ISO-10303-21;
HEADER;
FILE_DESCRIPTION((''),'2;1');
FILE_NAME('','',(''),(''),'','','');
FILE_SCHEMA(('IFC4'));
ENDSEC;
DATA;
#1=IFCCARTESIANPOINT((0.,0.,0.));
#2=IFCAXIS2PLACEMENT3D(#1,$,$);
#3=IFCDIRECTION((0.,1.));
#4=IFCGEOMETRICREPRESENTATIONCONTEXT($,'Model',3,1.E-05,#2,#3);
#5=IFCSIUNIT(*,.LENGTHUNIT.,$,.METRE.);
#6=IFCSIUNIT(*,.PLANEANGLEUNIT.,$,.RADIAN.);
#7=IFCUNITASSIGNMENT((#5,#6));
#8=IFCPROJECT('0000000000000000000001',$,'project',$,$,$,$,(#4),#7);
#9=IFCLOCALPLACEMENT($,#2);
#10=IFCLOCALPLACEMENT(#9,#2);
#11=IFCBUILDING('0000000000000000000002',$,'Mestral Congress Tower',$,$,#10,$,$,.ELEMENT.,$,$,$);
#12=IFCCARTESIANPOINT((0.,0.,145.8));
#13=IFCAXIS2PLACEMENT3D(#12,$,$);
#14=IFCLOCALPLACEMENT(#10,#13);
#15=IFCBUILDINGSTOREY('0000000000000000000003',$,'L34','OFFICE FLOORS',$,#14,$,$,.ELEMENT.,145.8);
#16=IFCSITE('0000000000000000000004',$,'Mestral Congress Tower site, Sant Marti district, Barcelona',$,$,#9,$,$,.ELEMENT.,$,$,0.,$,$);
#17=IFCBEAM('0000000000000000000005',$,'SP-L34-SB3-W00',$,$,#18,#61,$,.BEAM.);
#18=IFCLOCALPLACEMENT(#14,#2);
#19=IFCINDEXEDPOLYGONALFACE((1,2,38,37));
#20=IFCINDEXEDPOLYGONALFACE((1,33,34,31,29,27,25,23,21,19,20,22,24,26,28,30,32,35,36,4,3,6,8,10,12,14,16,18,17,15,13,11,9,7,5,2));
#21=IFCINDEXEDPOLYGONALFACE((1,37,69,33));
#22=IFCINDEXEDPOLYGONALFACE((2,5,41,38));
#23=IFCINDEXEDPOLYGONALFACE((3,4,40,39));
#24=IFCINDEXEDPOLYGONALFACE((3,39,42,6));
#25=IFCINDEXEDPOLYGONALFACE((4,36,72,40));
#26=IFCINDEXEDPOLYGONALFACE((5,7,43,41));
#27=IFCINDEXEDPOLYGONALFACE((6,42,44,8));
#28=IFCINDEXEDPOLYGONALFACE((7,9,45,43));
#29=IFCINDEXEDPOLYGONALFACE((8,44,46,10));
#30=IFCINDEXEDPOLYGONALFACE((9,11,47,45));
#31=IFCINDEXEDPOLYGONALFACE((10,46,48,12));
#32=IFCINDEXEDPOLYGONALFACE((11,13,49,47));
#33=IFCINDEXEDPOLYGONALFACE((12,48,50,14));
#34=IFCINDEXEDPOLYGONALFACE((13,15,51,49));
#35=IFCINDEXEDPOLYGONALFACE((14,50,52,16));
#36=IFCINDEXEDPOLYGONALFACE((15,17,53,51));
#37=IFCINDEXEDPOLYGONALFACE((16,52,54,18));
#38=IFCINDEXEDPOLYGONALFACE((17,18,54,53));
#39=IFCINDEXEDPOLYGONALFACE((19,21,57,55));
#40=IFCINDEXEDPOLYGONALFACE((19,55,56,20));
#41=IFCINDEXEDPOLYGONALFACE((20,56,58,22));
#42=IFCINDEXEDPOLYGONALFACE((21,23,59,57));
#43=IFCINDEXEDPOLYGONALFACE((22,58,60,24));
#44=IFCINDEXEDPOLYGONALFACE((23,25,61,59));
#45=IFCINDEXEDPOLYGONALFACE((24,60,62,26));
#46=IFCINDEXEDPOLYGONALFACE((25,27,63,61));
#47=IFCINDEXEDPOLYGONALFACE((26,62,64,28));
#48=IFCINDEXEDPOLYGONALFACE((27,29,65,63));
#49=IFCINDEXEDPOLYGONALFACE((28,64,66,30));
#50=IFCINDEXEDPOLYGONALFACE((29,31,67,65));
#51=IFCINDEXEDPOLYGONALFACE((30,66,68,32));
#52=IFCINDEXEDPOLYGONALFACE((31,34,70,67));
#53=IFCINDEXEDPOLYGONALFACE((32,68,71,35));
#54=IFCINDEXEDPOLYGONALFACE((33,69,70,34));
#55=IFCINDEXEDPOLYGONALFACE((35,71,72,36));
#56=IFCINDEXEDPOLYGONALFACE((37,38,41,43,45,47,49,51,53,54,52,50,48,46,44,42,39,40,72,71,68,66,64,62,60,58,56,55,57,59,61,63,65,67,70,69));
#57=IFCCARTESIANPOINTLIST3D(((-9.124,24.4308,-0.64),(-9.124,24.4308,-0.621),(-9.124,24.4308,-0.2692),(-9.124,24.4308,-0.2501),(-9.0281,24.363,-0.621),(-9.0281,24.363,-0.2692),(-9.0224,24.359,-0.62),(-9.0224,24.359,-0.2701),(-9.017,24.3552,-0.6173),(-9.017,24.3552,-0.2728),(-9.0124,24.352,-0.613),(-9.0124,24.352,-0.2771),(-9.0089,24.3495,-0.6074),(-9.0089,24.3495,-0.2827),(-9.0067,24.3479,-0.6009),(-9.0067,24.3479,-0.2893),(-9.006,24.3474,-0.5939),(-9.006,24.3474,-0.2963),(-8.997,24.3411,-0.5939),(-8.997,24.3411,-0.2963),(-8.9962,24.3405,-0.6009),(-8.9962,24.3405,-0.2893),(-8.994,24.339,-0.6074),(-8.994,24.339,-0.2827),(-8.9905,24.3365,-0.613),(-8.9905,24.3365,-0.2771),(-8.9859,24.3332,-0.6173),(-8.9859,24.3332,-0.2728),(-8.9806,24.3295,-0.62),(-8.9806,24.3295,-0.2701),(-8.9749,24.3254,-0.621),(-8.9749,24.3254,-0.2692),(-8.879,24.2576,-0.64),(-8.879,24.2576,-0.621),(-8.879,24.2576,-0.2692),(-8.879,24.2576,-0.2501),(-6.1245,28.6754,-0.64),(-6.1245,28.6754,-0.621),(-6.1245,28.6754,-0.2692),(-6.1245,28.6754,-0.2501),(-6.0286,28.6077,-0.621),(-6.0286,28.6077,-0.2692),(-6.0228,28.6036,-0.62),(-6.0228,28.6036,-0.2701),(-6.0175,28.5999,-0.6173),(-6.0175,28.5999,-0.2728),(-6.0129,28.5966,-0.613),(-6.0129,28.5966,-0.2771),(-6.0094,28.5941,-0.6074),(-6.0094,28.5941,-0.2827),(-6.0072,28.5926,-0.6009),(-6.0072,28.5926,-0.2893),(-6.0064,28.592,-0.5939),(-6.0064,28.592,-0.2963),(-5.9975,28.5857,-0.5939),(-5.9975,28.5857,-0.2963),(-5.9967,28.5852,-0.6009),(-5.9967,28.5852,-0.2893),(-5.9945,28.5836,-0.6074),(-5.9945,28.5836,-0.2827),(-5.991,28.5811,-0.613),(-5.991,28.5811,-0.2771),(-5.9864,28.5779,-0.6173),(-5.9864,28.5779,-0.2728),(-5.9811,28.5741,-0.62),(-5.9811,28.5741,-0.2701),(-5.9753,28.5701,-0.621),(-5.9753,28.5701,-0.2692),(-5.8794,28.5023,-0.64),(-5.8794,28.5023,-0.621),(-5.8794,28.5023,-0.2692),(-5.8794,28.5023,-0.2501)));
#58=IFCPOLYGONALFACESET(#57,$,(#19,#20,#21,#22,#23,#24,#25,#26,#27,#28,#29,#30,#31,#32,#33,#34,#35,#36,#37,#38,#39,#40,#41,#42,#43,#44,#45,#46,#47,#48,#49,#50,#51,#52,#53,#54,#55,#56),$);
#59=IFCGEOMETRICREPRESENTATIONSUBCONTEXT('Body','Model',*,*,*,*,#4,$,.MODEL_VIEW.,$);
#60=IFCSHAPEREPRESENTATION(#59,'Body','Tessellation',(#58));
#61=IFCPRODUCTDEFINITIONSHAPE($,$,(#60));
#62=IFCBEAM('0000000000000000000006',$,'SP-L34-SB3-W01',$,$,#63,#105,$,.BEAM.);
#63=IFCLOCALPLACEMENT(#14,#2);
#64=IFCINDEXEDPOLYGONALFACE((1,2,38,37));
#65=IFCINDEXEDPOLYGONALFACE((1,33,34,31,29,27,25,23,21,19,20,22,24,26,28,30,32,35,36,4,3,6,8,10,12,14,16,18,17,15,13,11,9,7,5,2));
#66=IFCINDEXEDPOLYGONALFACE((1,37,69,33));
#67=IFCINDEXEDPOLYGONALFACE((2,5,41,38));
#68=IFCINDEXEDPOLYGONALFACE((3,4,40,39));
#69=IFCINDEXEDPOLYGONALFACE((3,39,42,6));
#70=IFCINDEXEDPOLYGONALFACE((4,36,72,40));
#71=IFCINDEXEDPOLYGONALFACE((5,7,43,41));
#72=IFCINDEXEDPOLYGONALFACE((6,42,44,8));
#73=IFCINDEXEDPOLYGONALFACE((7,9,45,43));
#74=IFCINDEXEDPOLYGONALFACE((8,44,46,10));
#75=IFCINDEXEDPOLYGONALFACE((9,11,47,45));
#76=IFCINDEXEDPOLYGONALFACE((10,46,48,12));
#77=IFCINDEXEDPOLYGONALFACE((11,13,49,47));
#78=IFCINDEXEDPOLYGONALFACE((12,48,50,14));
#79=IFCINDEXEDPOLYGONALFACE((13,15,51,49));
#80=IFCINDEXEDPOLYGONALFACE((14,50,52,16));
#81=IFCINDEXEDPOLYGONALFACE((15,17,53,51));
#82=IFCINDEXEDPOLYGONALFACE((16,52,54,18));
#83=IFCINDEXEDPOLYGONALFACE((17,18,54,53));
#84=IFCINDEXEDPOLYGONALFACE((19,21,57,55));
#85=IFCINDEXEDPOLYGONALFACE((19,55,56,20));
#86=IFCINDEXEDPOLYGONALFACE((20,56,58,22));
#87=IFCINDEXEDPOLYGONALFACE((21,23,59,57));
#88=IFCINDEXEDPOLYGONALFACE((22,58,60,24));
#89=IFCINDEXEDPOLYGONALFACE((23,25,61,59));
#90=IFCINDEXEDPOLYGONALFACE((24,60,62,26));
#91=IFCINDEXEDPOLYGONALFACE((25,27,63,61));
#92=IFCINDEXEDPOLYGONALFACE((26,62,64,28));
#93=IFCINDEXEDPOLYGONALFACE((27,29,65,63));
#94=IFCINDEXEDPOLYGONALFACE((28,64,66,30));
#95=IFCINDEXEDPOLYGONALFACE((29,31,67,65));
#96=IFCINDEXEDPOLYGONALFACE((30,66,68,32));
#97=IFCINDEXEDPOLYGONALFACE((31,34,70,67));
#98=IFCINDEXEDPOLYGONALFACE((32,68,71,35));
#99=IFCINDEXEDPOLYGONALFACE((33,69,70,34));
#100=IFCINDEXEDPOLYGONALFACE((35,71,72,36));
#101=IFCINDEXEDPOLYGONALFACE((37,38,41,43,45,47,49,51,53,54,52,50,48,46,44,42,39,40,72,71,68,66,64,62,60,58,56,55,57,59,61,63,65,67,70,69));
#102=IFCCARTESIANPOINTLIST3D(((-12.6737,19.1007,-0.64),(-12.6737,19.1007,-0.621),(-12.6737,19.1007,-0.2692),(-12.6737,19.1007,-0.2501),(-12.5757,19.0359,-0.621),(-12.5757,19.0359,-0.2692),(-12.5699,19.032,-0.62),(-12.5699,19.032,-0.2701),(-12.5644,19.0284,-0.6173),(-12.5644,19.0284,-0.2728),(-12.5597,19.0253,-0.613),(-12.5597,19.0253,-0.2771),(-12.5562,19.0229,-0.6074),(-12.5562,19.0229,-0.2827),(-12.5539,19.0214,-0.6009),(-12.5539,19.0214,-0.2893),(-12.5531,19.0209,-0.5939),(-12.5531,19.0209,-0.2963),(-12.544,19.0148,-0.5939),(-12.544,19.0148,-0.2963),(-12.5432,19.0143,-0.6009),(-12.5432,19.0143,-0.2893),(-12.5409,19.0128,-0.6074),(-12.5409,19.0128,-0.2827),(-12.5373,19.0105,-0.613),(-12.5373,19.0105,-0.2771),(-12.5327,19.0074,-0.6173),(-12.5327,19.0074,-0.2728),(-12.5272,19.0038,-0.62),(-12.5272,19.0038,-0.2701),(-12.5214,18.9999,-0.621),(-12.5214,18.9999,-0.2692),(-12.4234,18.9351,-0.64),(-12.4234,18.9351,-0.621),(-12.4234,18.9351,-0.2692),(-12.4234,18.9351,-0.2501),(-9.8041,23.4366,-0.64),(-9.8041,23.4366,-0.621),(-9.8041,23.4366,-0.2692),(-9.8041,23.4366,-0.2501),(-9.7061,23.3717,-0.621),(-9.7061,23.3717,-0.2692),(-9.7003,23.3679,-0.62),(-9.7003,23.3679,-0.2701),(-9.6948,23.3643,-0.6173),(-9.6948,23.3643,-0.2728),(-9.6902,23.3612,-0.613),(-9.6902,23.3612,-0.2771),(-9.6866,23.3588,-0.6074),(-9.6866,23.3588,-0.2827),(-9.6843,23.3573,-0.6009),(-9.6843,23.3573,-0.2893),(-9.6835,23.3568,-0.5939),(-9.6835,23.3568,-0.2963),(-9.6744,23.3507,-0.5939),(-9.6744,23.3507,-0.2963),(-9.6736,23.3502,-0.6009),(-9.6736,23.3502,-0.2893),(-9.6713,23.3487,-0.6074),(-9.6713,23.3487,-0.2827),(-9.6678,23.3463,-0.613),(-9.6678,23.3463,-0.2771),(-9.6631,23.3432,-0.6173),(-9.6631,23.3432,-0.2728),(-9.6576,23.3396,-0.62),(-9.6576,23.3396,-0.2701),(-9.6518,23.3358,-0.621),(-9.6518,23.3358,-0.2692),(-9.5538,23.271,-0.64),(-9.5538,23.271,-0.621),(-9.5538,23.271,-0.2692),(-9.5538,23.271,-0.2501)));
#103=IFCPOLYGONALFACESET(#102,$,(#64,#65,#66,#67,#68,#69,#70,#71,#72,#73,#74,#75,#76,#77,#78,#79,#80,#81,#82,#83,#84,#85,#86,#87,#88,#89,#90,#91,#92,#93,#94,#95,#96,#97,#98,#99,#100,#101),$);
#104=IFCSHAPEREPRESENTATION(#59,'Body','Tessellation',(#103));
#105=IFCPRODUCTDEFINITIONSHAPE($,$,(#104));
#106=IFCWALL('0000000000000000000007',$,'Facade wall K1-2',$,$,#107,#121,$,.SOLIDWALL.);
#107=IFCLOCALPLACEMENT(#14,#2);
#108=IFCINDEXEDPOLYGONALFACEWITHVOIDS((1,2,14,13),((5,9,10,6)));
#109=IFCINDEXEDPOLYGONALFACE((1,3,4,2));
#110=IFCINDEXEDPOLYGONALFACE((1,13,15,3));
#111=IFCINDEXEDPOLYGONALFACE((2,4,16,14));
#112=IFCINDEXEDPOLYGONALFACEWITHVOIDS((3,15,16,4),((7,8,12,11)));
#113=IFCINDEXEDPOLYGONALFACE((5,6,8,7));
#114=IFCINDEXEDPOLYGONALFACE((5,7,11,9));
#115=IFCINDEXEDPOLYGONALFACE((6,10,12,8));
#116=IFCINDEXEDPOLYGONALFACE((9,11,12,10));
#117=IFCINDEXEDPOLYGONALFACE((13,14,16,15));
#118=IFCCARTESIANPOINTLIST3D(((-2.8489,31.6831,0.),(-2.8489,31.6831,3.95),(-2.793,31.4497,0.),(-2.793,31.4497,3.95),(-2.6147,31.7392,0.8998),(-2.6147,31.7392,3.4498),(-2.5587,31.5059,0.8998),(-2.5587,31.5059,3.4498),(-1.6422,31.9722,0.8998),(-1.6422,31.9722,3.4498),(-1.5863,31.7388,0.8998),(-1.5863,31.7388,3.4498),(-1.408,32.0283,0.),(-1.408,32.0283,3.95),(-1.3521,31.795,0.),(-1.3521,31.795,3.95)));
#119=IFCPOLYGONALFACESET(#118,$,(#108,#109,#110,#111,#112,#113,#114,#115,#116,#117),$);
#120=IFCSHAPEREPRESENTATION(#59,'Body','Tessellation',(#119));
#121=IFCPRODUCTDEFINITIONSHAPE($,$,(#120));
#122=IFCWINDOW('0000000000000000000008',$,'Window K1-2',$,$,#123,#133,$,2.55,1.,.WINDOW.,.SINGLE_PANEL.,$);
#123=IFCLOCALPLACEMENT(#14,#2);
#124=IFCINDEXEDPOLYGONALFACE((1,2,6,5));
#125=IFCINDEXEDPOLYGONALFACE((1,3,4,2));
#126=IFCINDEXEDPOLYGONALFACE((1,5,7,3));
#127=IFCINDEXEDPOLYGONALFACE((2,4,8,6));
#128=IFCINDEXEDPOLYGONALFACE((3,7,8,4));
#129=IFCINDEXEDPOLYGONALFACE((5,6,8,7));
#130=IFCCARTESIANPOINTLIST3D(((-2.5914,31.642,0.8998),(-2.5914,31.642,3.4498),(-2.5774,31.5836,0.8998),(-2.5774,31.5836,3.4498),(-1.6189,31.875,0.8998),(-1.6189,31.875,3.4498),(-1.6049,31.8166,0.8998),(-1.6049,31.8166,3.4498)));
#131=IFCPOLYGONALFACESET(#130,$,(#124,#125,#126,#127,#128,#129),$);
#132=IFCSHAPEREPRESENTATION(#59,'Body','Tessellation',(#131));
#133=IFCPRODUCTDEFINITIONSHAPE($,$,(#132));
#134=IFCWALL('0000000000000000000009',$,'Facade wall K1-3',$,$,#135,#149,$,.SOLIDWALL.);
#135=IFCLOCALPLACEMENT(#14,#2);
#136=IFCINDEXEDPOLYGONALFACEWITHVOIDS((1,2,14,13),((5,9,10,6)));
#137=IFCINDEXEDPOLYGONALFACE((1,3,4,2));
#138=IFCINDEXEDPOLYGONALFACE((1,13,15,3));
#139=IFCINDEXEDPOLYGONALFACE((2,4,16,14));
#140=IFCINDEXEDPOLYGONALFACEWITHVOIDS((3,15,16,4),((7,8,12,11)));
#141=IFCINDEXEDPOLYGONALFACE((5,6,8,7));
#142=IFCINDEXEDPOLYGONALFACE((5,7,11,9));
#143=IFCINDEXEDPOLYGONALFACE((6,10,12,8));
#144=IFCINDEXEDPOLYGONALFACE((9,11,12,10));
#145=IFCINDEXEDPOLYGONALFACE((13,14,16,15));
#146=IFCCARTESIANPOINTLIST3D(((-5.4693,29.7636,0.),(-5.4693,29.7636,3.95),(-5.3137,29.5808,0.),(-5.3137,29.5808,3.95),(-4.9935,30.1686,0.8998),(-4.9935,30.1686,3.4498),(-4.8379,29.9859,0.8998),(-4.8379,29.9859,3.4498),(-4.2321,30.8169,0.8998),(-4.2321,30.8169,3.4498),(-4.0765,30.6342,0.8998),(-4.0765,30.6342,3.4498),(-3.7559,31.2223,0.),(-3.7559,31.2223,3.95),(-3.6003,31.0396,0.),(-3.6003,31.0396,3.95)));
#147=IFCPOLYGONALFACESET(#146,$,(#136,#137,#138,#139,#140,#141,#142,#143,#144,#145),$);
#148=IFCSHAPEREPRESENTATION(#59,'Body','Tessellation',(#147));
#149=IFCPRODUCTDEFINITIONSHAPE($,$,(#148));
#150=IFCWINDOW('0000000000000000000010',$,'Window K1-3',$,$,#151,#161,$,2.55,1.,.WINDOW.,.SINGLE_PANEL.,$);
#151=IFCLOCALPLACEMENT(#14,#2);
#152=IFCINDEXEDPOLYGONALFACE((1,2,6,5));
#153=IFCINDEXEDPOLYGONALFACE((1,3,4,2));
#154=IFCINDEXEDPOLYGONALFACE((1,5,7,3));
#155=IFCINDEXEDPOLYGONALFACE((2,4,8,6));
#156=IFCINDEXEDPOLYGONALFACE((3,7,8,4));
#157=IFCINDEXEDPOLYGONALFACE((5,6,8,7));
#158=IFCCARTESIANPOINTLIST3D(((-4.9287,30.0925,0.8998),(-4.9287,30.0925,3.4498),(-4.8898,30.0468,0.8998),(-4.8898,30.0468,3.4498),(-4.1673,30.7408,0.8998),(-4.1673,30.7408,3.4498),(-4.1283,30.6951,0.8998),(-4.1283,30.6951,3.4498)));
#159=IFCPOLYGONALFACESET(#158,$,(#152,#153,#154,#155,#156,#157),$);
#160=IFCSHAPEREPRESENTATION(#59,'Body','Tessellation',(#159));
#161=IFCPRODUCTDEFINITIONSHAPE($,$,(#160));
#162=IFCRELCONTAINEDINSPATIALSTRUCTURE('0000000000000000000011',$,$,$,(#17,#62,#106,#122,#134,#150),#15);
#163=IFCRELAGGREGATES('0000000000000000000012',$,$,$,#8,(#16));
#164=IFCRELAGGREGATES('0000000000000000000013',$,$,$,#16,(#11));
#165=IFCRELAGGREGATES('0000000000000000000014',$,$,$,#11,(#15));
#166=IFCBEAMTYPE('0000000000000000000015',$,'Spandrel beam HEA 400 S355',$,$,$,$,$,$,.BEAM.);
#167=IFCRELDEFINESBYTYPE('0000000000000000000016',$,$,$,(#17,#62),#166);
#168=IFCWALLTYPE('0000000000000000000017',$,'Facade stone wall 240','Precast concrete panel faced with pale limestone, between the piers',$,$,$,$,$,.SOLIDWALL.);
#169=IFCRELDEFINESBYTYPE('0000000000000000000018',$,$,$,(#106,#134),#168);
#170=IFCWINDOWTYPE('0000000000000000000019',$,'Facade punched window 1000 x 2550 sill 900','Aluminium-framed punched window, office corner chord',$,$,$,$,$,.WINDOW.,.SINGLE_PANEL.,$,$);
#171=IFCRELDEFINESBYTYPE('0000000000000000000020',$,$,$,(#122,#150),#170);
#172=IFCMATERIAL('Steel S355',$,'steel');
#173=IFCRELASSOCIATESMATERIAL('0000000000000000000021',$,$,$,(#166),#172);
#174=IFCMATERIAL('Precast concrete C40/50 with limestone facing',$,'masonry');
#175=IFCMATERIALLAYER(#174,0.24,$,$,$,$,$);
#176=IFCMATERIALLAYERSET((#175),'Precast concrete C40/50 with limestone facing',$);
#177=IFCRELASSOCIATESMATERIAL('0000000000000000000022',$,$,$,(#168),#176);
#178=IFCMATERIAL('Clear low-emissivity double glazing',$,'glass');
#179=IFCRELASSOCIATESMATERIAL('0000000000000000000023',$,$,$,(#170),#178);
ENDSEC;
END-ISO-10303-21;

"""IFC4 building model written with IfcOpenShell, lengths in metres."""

from ifc_helpers import new_model, si_unit, direction, frame, frame_2d, origin, origin_2d, place, context, subcontext, project, spatial, rectangle, i_section, extrude, material, layer, layer_set, material_profile, profile_set, type_object, element, fill, save


model = new_model("IFC4")

# Units and contexts
model_context = context("Model", 3, precision=1e-05, world=origin(), true_north=direction((0.0, 1.0)))
body_context = subcontext(model_context, "Body", "Model", "MODEL_VIEW")
ifc_project = project(units=[si_unit("LENGTHUNIT", "METRE"), si_unit("PLANEANGLEUNIT", "RADIAN")], contexts=[model_context])

# Site, building, storey
site_placement = place(None, origin())
site = spatial("IfcSite", under=ifc_project, at=site_placement, Name="Mestral Congress Tower site, Sant Marti district, Barcelona", CompositionType="ELEMENT", RefElevation=0.0)
building_placement = place(site_placement, origin())
building = spatial("IfcBuilding", under=site, at=building_placement, Name="Mestral Congress Tower", CompositionType="ELEMENT")
storey_placement = place(building_placement, frame((0.0, 0.0, 145.8)))
storey = spatial("IfcBuildingStorey", under=building, at=storey_placement, Name="L34", Description="OFFICE FLOORS", CompositionType="ELEMENT", Elevation=145.8)

# Beams
ifc_material_1 = material(Name="Steel S355", Category="steel")
ifc_material_profile_1 = material_profile(ifc_material_1, i_section(OverallWidth=0.3, OverallDepth=0.3899, WebThickness=0.011, FlangeThickness=0.019, FilletRadius=0.0271, at=origin_2d()), Name="HEA 400")
ifc_profile_set_1 = profile_set([ifc_material_profile_1], Name="Steel S355")
beam_type_1 = type_object("IfcBeamType", Name="Spandrel beam HEA 400 S355", PredefinedType="BEAM", material=ifc_profile_set_1)
beam_1_placement = place(storey_placement, frame((-6.002, 28.5889, -0.4451), z_axis=(-0.577107, -0.816668, 0.0), x_axis=(0.816668, -0.577107, 0.0)))
element("IfcBeam", 1, at=beam_1_placement, inside=storey, type_object=beam_type_1, Name="SP-L34-SB3-W00", PredefinedType="BEAM", context=body_context, shape_type="SweptSolid", body=[
    extrude(i_section(OverallWidth=0.3, OverallDepth=0.3899, WebThickness=0.011, FlangeThickness=0.019, FilletRadius=0.0271, at=origin_2d()), origin(), (0.0, 0.0, 1.0), 5.1975),
])
beam_2_placement = place(storey_placement, frame((-9.679, 23.3538, -0.4451), z_axis=(-0.551901, -0.833909, 0.0), x_axis=(0.833909, -0.551901, 0.0)))
element("IfcBeam", 2, at=beam_2_placement, inside=storey, type_object=beam_type_1, Name="SP-L34-SB3-W01", PredefinedType="BEAM", context=body_context, shape_type="SweptSolid", body=[
    extrude(i_section(OverallWidth=0.3, OverallDepth=0.3899, WebThickness=0.011, FlangeThickness=0.019, FilletRadius=0.0271, at=origin_2d()), origin(), (0.0, 0.0, 1.0), 5.1995),
])

# Walls, openings, windows
ifc_material_2 = material(Name="Precast concrete C40/50 with limestone facing", Category="masonry")
ifc_layer_1 = layer(ifc_material_2, 0.24)
ifc_layer_set_1 = layer_set([ifc_layer_1], Name="Precast concrete C40/50 with limestone facing")
wall_type_1 = type_object("IfcWallType", Name="Facade stone wall 240", Description="Precast concrete panel faced with pale limestone, between the piers", PredefinedType="SOLIDWALL", material=ifc_layer_set_1)
wall_1_placement = place(storey_placement, frame((-1.3801, 31.9116, 0.0), z_axis=(0.0, 0.0, 1.0), x_axis=(-0.97248, -0.232987, 0.0)))
wall_1 = element("IfcWall", 3, at=wall_1_placement, inside=storey, type_object=wall_type_1, Name="Facade wall K1-2", PredefinedType="SOLIDWALL", context=body_context, shape_type="SweptSolid", body=[
    extrude(rectangle(XDim=1.4817, YDim=0.24, at=frame_2d((0.7407, 0.0))), origin(), (0.0, 0.0, 1.0), 3.95),
])
opening_1_placement = place(wall_1_placement, frame((0.2407, 0.0, 0.8999)))
opening_1 = element("IfcOpeningElement", 4, at=opening_1_placement, cuts=wall_1, PredefinedType="OPENING", context=body_context, shape_type="SweptSolid", body=[
    extrude(rectangle(XDim=1.0, YDim=2.55, at=frame_2d((0.5, 1.2749))), frame((0.0, 0.1299, 0.0), z_axis=(0.0, -1.0, 0.0), x_axis=(1.0, 0.0, 0.0)), (0.0, 0.0, 1.0), 0.26),
])
ifc_material_3 = material(Name="Clear low-emissivity double glazing", Category="glass")
window_type_1 = type_object("IfcWindowType", Name="Facade punched window 1000 x 2550 sill 900", Description="Aluminium-framed punched window, office corner chord", PartitioningType="SINGLE_PANEL", PredefinedType="WINDOW", material=ifc_material_3)
window_1_placement = place(opening_1_placement, origin())
window_1 = element("IfcWindow", 5, at=window_1_placement, inside=storey, type_object=window_type_1, Name="Window K1-2", OverallHeight=2.55, OverallWidth=1.0, PartitioningType="SINGLE_PANEL", PredefinedType="WINDOW", context=body_context, shape_type="SweptSolid", body=[
    extrude(rectangle(XDim=1.0, YDim=2.55, at=frame_2d((0.5, 1.2749))), frame((0.0, 0.04, 0.0), z_axis=(0.0, -1.0, 0.0), x_axis=(1.0, 0.0, 0.0)), (0.0, 0.0, 1.0), 0.0601),
])
fill(opening_1, window_1)
wall_2_placement = place(storey_placement, frame((-3.6782, 31.1309, 0.0), z_axis=(0.0, 0.0, 1.0), x_axis=(-0.76142, -0.648259, 0.0)))
wall_2 = element("IfcWall", 6, at=wall_2_placement, inside=storey, type_object=wall_type_1, Name="Facade wall K1-3", PredefinedType="SOLIDWALL", context=body_context, shape_type="SweptSolid", body=[
    extrude(rectangle(XDim=2.2502, YDim=0.24, at=frame_2d((1.125, 0.0))), origin(), (0.0, 0.0, 1.0), 3.95),
])
opening_2_placement = place(wall_2_placement, frame((0.6252, 0.0, 0.8999)))
opening_2 = element("IfcOpeningElement", 7, at=opening_2_placement, cuts=wall_2, PredefinedType="OPENING", context=body_context, shape_type="SweptSolid", body=[
    extrude(rectangle(XDim=1.0, YDim=2.55, at=frame_2d((0.5, 1.2749))), frame((0.0, 0.1299, 0.0), z_axis=(0.0, -1.0, 0.0), x_axis=(1.0, 0.0, 0.0)), (0.0, 0.0, 1.0), 0.26),
])
window_2_placement = place(opening_2_placement, origin())
window_2 = element("IfcWindow", 8, at=window_2_placement, inside=storey, type_object=window_type_1, Name="Window K1-3", OverallHeight=2.55, OverallWidth=1.0, PartitioningType="SINGLE_PANEL", PredefinedType="WINDOW", context=body_context, shape_type="SweptSolid", body=[
    extrude(rectangle(XDim=1.0, YDim=2.55, at=frame_2d((0.5, 1.2749))), frame((0.0, 0.04, 0.0), z_axis=(0.0, -1.0, 0.0), x_axis=(1.0, 0.0, 0.0)), (0.0, 0.0, 1.0), 0.0601),
])
fill(opening_2, window_2)

save(model, "model.ifc")
